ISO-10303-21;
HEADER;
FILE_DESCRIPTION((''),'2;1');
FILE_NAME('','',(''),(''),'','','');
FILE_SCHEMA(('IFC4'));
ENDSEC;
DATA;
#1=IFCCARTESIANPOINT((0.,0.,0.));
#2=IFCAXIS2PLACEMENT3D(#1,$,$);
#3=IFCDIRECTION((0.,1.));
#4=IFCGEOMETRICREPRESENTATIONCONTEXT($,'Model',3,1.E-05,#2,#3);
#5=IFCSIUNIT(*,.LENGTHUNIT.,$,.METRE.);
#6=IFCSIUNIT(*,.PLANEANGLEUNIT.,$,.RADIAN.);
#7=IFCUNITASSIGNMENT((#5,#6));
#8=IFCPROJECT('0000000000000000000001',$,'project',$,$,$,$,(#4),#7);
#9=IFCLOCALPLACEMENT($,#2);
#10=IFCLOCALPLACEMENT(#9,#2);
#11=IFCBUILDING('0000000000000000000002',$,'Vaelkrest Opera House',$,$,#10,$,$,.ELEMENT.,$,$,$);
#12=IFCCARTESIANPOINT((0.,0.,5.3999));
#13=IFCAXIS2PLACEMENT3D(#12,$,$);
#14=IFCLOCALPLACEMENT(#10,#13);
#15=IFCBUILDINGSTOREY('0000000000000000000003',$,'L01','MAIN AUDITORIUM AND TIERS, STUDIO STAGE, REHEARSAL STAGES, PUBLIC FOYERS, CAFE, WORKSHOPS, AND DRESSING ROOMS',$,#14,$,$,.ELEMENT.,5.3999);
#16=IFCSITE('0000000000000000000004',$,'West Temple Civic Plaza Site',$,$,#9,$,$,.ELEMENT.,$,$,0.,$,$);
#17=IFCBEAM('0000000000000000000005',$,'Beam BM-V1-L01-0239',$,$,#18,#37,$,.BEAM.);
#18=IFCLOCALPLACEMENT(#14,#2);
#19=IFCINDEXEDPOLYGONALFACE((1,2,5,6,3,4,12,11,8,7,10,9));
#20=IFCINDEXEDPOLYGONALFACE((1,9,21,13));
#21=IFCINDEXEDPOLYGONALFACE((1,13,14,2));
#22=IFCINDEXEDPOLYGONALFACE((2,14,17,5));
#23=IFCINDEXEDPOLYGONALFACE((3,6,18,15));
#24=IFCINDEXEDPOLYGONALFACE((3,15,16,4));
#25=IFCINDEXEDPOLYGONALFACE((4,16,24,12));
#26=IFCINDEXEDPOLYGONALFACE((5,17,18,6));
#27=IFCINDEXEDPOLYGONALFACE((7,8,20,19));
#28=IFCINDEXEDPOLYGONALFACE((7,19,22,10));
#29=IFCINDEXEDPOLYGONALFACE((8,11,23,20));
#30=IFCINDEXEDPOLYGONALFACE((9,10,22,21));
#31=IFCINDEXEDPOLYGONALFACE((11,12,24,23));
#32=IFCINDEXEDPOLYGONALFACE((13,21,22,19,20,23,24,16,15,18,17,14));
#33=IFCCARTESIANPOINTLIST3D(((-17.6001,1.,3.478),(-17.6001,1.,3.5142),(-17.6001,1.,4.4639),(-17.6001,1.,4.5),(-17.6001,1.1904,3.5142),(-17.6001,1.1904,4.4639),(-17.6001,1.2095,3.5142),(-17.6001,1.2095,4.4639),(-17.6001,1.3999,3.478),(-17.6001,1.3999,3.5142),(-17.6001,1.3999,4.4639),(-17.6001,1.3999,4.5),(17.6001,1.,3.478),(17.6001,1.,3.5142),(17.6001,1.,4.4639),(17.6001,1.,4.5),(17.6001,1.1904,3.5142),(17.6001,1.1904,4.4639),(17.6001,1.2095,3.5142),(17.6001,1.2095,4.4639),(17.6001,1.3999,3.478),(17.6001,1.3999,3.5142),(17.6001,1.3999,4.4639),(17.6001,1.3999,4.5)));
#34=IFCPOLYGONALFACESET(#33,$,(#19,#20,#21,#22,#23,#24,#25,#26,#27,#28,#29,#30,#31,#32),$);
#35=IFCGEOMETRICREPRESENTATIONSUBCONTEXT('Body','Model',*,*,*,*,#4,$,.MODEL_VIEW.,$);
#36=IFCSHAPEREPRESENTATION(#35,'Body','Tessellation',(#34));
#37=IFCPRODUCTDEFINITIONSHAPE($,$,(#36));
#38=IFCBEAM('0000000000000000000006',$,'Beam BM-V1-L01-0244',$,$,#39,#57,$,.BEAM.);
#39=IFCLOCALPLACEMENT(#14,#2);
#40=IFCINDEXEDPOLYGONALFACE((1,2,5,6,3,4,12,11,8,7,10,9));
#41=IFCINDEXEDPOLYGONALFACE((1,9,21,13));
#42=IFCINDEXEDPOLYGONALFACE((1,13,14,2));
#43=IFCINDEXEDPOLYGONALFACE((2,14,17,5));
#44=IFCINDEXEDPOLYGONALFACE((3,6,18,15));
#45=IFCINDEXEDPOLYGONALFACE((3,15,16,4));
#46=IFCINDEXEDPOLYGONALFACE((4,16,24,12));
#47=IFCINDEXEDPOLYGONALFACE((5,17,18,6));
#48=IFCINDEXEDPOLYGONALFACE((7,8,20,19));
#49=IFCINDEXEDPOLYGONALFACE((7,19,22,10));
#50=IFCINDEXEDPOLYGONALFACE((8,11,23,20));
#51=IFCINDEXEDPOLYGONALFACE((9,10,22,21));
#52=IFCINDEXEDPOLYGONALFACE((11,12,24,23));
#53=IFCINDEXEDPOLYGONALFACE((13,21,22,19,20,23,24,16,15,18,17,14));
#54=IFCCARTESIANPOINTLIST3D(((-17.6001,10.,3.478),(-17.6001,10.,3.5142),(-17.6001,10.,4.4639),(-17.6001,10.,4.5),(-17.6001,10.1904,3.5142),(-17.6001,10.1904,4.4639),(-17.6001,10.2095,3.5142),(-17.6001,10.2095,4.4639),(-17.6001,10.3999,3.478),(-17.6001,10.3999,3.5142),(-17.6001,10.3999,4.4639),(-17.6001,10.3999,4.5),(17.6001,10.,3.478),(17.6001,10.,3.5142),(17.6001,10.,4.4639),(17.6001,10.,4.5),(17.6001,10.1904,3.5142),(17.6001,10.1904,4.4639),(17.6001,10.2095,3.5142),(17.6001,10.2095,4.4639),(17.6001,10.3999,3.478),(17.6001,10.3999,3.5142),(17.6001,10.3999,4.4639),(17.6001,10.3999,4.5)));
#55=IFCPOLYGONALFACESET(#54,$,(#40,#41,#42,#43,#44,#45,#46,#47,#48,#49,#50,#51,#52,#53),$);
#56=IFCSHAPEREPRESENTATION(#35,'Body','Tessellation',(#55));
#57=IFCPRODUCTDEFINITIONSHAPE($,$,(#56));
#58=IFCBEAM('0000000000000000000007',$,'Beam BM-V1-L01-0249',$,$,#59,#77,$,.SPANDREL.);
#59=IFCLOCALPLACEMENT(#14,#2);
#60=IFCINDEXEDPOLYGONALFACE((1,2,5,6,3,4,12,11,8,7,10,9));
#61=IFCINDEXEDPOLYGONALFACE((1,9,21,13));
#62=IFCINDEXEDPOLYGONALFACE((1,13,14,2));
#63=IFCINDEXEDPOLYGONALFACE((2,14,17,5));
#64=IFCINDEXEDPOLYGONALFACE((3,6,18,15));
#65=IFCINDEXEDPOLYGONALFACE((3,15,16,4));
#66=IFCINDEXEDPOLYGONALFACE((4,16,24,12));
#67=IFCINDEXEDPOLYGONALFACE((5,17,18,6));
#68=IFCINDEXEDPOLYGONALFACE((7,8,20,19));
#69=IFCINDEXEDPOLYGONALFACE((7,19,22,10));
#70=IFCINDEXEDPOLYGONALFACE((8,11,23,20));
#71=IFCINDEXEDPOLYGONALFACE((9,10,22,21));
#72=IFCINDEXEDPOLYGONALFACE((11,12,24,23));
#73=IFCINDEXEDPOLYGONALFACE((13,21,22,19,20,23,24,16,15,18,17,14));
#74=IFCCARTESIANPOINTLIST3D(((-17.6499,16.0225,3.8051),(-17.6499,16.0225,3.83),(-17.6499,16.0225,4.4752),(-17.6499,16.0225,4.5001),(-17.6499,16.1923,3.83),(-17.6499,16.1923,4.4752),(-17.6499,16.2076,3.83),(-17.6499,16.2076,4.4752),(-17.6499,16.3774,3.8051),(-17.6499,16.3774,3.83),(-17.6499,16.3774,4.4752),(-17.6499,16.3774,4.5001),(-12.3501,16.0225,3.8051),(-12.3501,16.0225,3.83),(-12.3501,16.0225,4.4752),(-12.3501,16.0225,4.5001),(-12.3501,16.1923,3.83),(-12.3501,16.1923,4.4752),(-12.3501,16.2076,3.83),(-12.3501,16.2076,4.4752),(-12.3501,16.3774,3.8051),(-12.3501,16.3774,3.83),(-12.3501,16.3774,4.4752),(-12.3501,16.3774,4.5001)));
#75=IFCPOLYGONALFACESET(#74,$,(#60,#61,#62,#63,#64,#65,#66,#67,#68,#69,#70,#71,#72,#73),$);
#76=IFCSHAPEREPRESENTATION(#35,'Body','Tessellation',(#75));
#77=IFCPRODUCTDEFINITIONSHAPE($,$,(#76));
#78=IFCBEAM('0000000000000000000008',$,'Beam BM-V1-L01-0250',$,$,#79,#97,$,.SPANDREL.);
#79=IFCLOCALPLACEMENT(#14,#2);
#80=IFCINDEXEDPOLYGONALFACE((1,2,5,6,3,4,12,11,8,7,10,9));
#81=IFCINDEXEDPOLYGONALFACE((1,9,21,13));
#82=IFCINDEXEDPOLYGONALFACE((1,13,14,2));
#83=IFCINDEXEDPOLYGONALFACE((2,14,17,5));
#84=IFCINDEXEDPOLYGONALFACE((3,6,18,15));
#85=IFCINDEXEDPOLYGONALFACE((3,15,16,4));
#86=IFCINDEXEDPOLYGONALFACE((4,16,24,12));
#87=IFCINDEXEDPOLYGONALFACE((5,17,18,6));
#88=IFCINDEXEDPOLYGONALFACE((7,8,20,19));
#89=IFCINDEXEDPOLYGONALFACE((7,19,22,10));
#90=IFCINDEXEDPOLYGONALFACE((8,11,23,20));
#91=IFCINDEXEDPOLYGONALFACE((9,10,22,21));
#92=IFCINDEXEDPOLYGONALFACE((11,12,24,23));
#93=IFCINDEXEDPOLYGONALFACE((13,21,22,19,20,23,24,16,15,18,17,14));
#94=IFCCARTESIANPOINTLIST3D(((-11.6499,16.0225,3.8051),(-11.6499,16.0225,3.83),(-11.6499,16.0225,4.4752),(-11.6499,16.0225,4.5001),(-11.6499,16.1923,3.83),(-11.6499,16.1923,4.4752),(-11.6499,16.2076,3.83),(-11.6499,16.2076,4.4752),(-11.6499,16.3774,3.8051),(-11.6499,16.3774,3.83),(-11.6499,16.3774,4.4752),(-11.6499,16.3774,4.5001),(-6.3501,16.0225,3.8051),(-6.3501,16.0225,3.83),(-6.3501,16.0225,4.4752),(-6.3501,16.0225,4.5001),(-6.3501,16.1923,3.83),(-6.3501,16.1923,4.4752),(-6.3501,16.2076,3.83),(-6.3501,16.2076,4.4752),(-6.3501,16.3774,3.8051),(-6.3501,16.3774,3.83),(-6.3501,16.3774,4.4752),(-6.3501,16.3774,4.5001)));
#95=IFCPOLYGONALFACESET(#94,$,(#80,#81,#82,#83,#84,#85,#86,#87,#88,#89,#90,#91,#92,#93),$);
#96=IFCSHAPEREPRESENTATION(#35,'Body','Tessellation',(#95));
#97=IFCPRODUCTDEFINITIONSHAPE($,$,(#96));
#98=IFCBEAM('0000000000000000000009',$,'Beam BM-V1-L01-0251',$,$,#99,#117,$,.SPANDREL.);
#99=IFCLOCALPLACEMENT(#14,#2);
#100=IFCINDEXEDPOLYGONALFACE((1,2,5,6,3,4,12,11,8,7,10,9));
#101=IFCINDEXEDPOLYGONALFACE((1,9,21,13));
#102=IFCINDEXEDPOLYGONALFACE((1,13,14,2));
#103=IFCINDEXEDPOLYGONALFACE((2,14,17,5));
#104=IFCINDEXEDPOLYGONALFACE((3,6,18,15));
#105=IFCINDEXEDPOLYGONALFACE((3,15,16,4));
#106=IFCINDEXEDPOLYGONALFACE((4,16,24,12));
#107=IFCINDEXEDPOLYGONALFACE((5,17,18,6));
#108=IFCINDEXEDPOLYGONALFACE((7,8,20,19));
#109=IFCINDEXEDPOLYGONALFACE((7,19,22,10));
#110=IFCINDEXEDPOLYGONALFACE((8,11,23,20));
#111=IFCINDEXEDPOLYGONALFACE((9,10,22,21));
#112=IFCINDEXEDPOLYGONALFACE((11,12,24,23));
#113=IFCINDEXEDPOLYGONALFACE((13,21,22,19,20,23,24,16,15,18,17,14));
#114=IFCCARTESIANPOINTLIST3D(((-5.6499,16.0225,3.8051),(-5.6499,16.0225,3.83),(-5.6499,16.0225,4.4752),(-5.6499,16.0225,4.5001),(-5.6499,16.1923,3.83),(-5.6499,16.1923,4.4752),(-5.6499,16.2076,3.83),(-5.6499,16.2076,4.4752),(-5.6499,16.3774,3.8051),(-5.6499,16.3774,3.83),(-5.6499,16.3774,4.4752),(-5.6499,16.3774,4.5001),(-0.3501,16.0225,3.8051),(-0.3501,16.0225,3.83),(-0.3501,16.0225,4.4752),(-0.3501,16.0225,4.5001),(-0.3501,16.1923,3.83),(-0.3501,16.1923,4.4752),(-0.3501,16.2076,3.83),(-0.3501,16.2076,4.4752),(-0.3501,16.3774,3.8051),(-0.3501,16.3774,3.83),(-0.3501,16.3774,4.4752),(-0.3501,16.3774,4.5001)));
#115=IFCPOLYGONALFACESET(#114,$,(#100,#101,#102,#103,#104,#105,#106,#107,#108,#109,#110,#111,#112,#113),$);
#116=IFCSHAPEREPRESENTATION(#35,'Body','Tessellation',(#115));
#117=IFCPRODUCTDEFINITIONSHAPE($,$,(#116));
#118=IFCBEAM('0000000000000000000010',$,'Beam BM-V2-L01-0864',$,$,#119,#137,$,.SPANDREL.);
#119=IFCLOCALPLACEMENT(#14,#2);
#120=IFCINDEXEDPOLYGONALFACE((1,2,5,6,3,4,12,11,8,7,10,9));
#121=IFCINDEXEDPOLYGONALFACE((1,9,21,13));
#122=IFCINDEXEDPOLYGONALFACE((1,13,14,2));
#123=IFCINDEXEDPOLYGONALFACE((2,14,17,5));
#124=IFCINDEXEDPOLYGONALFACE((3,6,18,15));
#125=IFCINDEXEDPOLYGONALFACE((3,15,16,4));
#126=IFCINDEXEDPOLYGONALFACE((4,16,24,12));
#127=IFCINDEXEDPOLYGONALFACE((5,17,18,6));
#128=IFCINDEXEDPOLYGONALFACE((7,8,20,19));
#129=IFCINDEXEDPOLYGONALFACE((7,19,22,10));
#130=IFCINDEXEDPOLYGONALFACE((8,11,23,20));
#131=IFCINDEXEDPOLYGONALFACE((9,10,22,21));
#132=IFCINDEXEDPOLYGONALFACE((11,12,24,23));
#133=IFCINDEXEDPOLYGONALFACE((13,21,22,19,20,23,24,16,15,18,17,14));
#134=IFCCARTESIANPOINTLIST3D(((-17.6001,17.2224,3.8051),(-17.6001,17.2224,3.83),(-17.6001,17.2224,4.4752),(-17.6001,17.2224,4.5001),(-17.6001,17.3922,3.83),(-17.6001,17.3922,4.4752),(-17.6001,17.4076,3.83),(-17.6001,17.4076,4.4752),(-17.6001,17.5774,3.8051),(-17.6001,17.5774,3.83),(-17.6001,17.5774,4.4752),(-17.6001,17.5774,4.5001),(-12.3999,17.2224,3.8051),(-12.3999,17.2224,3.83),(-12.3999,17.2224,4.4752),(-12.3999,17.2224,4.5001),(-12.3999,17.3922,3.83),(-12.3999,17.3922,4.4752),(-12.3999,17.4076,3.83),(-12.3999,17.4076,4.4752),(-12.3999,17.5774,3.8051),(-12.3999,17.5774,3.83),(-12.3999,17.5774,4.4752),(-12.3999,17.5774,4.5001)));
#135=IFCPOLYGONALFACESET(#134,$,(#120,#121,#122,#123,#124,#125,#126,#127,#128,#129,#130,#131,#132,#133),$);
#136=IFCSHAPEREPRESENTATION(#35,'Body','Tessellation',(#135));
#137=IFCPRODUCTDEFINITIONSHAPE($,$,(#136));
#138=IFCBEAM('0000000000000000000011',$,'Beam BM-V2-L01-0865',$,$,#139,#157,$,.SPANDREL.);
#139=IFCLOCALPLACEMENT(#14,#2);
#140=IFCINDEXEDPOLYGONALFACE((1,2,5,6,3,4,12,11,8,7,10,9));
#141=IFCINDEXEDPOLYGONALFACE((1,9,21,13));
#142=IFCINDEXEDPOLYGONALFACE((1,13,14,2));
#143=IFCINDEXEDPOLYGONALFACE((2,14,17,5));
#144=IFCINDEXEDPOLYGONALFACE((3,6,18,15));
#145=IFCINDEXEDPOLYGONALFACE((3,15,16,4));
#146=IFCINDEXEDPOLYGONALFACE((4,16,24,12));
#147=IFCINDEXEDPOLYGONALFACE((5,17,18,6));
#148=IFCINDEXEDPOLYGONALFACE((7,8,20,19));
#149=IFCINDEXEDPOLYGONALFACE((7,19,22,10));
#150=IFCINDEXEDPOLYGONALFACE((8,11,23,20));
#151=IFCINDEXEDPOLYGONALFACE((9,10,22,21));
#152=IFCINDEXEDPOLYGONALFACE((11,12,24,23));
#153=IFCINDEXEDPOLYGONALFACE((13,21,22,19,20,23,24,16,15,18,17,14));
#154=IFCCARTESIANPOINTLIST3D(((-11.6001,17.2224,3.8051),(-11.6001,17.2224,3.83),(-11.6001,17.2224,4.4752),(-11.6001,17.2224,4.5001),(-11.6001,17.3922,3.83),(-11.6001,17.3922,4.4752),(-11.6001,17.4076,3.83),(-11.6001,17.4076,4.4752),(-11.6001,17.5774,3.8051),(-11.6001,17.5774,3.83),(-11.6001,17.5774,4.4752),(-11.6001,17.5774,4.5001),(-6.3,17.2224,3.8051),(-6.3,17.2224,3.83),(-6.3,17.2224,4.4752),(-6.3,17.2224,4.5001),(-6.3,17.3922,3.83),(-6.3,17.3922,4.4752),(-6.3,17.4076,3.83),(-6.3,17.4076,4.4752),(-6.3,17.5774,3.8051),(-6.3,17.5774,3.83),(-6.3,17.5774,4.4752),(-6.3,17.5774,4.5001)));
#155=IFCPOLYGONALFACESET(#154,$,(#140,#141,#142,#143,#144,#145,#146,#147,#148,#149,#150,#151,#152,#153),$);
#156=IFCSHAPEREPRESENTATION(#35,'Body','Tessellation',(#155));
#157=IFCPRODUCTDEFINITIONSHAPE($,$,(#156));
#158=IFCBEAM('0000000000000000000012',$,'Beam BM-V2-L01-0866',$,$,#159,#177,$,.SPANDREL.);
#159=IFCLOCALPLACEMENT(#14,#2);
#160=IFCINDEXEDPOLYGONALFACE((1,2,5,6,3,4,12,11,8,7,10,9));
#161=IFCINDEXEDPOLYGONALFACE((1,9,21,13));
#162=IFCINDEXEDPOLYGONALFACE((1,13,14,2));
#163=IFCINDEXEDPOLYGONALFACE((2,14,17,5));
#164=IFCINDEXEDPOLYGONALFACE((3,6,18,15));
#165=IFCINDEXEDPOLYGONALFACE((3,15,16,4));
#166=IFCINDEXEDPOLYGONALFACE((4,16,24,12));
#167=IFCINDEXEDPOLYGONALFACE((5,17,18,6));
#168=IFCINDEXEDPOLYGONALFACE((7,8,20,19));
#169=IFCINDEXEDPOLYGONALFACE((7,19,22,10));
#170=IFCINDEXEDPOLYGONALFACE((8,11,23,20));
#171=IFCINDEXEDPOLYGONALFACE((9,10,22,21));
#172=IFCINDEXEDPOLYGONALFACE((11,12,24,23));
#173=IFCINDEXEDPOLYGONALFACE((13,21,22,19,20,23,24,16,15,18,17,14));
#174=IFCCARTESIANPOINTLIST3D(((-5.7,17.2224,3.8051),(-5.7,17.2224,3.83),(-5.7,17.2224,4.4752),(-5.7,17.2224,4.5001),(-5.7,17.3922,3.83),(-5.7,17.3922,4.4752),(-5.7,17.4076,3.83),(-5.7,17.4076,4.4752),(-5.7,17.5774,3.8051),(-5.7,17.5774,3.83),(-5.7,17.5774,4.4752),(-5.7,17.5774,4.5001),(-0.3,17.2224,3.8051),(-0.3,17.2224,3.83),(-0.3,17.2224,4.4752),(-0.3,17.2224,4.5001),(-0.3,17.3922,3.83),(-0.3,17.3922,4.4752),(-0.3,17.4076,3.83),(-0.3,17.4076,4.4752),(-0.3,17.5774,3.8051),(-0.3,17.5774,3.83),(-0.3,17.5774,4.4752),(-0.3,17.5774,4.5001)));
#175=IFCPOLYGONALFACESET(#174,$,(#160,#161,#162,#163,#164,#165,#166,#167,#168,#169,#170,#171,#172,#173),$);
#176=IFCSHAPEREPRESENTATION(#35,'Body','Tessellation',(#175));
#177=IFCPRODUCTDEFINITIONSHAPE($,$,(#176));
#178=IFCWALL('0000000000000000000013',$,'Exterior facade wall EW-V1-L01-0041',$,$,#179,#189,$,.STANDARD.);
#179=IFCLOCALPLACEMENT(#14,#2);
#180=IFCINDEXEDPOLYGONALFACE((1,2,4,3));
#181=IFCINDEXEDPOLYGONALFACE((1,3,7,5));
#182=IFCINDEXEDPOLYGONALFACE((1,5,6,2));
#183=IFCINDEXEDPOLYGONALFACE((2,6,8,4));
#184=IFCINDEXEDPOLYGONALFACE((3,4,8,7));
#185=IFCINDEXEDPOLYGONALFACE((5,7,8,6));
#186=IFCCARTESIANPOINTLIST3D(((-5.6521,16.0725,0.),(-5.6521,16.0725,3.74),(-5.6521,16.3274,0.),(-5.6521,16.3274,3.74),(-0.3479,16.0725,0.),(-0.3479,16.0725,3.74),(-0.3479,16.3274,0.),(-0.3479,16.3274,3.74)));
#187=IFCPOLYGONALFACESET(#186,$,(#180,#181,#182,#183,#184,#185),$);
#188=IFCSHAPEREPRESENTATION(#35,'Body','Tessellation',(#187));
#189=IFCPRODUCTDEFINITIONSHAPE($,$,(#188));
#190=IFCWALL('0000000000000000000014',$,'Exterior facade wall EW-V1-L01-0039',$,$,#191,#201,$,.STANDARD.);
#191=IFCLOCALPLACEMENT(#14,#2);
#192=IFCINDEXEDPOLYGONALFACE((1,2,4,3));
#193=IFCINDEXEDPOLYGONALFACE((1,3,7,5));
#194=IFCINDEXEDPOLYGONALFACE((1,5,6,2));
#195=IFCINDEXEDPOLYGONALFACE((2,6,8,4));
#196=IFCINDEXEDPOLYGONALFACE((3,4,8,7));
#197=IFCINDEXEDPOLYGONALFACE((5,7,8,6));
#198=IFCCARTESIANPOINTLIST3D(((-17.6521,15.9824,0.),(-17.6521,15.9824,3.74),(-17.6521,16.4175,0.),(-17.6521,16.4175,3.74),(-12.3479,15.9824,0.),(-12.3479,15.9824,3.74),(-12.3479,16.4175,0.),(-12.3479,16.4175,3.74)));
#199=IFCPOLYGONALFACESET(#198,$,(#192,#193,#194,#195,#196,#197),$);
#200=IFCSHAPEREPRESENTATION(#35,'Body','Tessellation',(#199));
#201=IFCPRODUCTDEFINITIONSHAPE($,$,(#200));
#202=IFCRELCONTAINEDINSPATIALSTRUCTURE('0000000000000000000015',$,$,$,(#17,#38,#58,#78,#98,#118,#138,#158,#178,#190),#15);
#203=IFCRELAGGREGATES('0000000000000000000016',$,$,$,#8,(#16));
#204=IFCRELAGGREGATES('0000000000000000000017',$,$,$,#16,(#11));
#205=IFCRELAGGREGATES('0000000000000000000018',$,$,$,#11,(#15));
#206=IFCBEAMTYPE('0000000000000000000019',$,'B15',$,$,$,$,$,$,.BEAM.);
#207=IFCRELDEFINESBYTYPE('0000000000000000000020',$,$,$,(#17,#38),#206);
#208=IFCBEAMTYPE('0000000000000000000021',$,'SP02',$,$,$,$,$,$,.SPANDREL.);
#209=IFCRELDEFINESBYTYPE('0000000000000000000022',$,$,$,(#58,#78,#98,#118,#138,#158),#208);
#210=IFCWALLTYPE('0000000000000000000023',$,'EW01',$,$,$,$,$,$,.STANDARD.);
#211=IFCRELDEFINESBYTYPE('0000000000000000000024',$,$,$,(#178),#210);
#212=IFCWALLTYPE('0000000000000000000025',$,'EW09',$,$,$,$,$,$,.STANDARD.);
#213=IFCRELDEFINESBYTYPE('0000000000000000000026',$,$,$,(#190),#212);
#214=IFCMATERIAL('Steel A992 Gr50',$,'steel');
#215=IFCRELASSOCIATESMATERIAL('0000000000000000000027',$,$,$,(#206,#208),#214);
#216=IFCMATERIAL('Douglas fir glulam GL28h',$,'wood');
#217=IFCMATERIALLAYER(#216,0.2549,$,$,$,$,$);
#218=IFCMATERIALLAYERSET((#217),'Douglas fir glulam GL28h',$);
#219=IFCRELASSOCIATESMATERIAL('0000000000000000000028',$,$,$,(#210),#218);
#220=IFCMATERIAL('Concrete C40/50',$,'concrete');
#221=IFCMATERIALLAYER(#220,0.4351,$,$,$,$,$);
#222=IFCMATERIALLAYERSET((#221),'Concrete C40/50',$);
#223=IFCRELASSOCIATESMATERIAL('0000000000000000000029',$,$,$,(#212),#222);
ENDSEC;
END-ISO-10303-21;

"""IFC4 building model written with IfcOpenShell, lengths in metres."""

from ifc_helpers import new_model, si_unit, direction, frame, frame_2d, origin, origin_2d, place, context, subcontext, project, spatial, rectangle, i_section, extrude, material, layer, layer_set, material_profile, profile_set, type_object, element, save


model = new_model("IFC4")

# Units and contexts
model_context = context("Model", 3, precision=1e-05, world=origin(), true_north=direction((0.0, 1.0)))
body_context = subcontext(model_context, "Body", "Model", "MODEL_VIEW")
ifc_project = project(units=[si_unit("LENGTHUNIT", "METRE"), si_unit("PLANEANGLEUNIT", "RADIAN")], contexts=[model_context])

# Site, building, storey
site_placement = place(None, origin())
site = spatial("IfcSite", under=ifc_project, at=site_placement, Name="West Temple Civic Plaza Site", CompositionType="ELEMENT", RefElevation=0.0)
building_placement = place(site_placement, origin())
building = spatial("IfcBuilding", under=site, at=building_placement, Name="Vaelkrest Opera House", CompositionType="ELEMENT")
storey_placement = place(building_placement, frame((0.0, 0.0, 5.3999)))
storey = spatial("IfcBuildingStorey", under=building, at=storey_placement, Name="L01", Description="MAIN AUDITORIUM AND TIERS, STUDIO STAGE, REHEARSAL STAGES, PUBLIC FOYERS, CAFE, WORKSHOPS, AND DRESSING ROOMS", CompositionType="ELEMENT", Elevation=5.3999)

# Beams
ifc_material_1 = material(Name="Steel A992 Gr50", Category="steel")
ifc_material_profile_1 = material_profile(ifc_material_1, i_section(OverallWidth=0.3999, OverallDepth=1.022, WebThickness=0.019, FlangeThickness=0.0361, at=origin_2d()), Name="W40X249")
ifc_profile_set_1 = profile_set([ifc_material_profile_1], Name="Steel A992 Gr50")
beam_type_1 = type_object("IfcBeamType", Name="B15", PredefinedType="BEAM", material=ifc_profile_set_1)
for number, where, z_axis, x_axis, name in (
    (1, (-17.6001, 1.2, 3.989), (1.0, 0.0, 0.0), (0.0, 1.0, 0.0), "Beam BM-V1-L01-0239"),
    (2, (-17.6001, 10.2, 3.989), (1.0, 0.0, 0.0), (0.0, 1.0, 0.0), "Beam BM-V1-L01-0244"),
):
    element("IfcBeam", number, at=place(storey_placement, frame(where, z_axis=z_axis, x_axis=x_axis)), inside=storey, type_object=beam_type_1, Name=name, PredefinedType="BEAM", context=body_context, shape_type="SweptSolid", body=[
        extrude(i_section(OverallWidth=0.3999, OverallDepth=1.022, WebThickness=0.019, FlangeThickness=0.0361, at=origin_2d()), origin(), (0.0, 0.0, 1.0), 35.2002),
    ])
ifc_material_profile_2 = material_profile(ifc_material_1, i_section(OverallWidth=0.355, OverallDepth=0.6951, WebThickness=0.0154, FlangeThickness=0.0249, at=origin_2d()), Name="W27X146")
ifc_profile_set_2 = profile_set([ifc_material_profile_2], Name="Steel A992 Gr50")
beam_type_2 = type_object("IfcBeamType", Name="SP02", PredefinedType="SPANDREL", material=ifc_profile_set_2)
for number, where, z_axis, x_axis, name in (
    (3, (-17.6499, 16.2, 4.1526), (1.0, 0.0, 0.0), (0.0, 1.0, 0.0), "Beam BM-V1-L01-0249"),
    (4, (-11.6499, 16.2, 4.1526), (1.0, 0.0, 0.0), (0.0, 1.0, 0.0), "Beam BM-V1-L01-0250"),
    (5, (-5.6499, 16.2, 4.1526), (1.0, 0.0, 0.0), (0.0, 1.0, 0.0), "Beam BM-V1-L01-0251"),
):
    element("IfcBeam", number, at=place(storey_placement, frame(where, z_axis=z_axis, x_axis=x_axis)), inside=storey, type_object=beam_type_2, Name=name, PredefinedType="SPANDREL", context=body_context, shape_type="SweptSolid", body=[
        extrude(i_section(OverallWidth=0.355, OverallDepth=0.6951, WebThickness=0.0154, FlangeThickness=0.0249, at=origin_2d()), origin(), (0.0, 0.0, 1.0), 5.2998),
    ])
beam_1_placement = place(storey_placement, frame((-17.6001, 17.3999, 4.1526), z_axis=(1.0, 0.0, 0.0), x_axis=(0.0, 1.0, 0.0)))
element("IfcBeam", 6, at=beam_1_placement, inside=storey, type_object=beam_type_2, Name="Beam BM-V2-L01-0864", PredefinedType="SPANDREL", context=body_context, shape_type="SweptSolid", body=[
    extrude(i_section(OverallWidth=0.355, OverallDepth=0.6951, WebThickness=0.0154, FlangeThickness=0.0249, at=origin_2d()), origin(), (0.0, 0.0, 1.0), 5.2002),
])
beam_2_placement = place(storey_placement, frame((-11.6001, 17.3999, 4.1526), z_axis=(1.0, 0.0, 0.0), x_axis=(0.0, 1.0, 0.0)))
element("IfcBeam", 7, at=beam_2_placement, inside=storey, type_object=beam_type_2, Name="Beam BM-V2-L01-0865", PredefinedType="SPANDREL", context=body_context, shape_type="SweptSolid", body=[
    extrude(i_section(OverallWidth=0.355, OverallDepth=0.6951, WebThickness=0.0154, FlangeThickness=0.0249, at=origin_2d()), origin(), (0.0, 0.0, 1.0), 5.3),
])
beam_3_placement = place(storey_placement, frame((-5.7, 17.3999, 4.1526), z_axis=(1.0, 0.0, 0.0), x_axis=(0.0, 1.0, 0.0)))
element("IfcBeam", 8, at=beam_3_placement, inside=storey, type_object=beam_type_2, Name="Beam BM-V2-L01-0866", PredefinedType="SPANDREL", context=body_context, shape_type="SweptSolid", body=[
    extrude(i_section(OverallWidth=0.355, OverallDepth=0.6951, WebThickness=0.0154, FlangeThickness=0.0249, at=origin_2d()), origin(), (0.0, 0.0, 1.0), 5.3999),
])

# Walls
ifc_material_2 = material(Name="Douglas fir glulam GL28h", Category="wood")
ifc_layer_1 = layer(ifc_material_2, 0.2549)
ifc_layer_set_1 = layer_set([ifc_layer_1], Name="Douglas fir glulam GL28h")
wall_type_1 = type_object("IfcWallType", Name="EW01", PredefinedType="STANDARD", material=ifc_layer_set_1)
wall_1_placement = place(storey_placement, frame((-5.6521, 16.2, 0.0), z_axis=(0.0, 0.0, 1.0), x_axis=(1.0, 0.0, 0.0)))
element("IfcWall", 9, at=wall_1_placement, inside=storey, type_object=wall_type_1, Name="Exterior facade wall EW-V1-L01-0041", PredefinedType="STANDARD", context=body_context, shape_type="SweptSolid", body=[
    extrude(rectangle(XDim=5.3042, YDim=0.2549, at=frame_2d((2.6521, 0.0))), origin(), (0.0, 0.0, 1.0), 3.74),
])
ifc_material_3 = material(Name="Concrete C40/50", Category="concrete")
ifc_layer_2 = layer(ifc_material_3, 0.4351)
ifc_layer_set_2 = layer_set([ifc_layer_2], Name="Concrete C40/50")
wall_type_2 = type_object("IfcWallType", Name="EW09", PredefinedType="STANDARD", material=ifc_layer_set_2)
wall_2_placement = place(storey_placement, frame((-17.6521, 16.2, 0.0), z_axis=(0.0, 0.0, 1.0), x_axis=(1.0, 0.0, 0.0)))
element("IfcWall", 10, at=wall_2_placement, inside=storey, type_object=wall_type_2, Name="Exterior facade wall EW-V1-L01-0039", PredefinedType="STANDARD", context=body_context, shape_type="SweptSolid", body=[
    extrude(rectangle(XDim=5.3042, YDim=0.4351, at=frame_2d((2.6521, 0.0))), origin(), (0.0, 0.0, 1.0), 3.74),
])

save(model, "model.ifc")
